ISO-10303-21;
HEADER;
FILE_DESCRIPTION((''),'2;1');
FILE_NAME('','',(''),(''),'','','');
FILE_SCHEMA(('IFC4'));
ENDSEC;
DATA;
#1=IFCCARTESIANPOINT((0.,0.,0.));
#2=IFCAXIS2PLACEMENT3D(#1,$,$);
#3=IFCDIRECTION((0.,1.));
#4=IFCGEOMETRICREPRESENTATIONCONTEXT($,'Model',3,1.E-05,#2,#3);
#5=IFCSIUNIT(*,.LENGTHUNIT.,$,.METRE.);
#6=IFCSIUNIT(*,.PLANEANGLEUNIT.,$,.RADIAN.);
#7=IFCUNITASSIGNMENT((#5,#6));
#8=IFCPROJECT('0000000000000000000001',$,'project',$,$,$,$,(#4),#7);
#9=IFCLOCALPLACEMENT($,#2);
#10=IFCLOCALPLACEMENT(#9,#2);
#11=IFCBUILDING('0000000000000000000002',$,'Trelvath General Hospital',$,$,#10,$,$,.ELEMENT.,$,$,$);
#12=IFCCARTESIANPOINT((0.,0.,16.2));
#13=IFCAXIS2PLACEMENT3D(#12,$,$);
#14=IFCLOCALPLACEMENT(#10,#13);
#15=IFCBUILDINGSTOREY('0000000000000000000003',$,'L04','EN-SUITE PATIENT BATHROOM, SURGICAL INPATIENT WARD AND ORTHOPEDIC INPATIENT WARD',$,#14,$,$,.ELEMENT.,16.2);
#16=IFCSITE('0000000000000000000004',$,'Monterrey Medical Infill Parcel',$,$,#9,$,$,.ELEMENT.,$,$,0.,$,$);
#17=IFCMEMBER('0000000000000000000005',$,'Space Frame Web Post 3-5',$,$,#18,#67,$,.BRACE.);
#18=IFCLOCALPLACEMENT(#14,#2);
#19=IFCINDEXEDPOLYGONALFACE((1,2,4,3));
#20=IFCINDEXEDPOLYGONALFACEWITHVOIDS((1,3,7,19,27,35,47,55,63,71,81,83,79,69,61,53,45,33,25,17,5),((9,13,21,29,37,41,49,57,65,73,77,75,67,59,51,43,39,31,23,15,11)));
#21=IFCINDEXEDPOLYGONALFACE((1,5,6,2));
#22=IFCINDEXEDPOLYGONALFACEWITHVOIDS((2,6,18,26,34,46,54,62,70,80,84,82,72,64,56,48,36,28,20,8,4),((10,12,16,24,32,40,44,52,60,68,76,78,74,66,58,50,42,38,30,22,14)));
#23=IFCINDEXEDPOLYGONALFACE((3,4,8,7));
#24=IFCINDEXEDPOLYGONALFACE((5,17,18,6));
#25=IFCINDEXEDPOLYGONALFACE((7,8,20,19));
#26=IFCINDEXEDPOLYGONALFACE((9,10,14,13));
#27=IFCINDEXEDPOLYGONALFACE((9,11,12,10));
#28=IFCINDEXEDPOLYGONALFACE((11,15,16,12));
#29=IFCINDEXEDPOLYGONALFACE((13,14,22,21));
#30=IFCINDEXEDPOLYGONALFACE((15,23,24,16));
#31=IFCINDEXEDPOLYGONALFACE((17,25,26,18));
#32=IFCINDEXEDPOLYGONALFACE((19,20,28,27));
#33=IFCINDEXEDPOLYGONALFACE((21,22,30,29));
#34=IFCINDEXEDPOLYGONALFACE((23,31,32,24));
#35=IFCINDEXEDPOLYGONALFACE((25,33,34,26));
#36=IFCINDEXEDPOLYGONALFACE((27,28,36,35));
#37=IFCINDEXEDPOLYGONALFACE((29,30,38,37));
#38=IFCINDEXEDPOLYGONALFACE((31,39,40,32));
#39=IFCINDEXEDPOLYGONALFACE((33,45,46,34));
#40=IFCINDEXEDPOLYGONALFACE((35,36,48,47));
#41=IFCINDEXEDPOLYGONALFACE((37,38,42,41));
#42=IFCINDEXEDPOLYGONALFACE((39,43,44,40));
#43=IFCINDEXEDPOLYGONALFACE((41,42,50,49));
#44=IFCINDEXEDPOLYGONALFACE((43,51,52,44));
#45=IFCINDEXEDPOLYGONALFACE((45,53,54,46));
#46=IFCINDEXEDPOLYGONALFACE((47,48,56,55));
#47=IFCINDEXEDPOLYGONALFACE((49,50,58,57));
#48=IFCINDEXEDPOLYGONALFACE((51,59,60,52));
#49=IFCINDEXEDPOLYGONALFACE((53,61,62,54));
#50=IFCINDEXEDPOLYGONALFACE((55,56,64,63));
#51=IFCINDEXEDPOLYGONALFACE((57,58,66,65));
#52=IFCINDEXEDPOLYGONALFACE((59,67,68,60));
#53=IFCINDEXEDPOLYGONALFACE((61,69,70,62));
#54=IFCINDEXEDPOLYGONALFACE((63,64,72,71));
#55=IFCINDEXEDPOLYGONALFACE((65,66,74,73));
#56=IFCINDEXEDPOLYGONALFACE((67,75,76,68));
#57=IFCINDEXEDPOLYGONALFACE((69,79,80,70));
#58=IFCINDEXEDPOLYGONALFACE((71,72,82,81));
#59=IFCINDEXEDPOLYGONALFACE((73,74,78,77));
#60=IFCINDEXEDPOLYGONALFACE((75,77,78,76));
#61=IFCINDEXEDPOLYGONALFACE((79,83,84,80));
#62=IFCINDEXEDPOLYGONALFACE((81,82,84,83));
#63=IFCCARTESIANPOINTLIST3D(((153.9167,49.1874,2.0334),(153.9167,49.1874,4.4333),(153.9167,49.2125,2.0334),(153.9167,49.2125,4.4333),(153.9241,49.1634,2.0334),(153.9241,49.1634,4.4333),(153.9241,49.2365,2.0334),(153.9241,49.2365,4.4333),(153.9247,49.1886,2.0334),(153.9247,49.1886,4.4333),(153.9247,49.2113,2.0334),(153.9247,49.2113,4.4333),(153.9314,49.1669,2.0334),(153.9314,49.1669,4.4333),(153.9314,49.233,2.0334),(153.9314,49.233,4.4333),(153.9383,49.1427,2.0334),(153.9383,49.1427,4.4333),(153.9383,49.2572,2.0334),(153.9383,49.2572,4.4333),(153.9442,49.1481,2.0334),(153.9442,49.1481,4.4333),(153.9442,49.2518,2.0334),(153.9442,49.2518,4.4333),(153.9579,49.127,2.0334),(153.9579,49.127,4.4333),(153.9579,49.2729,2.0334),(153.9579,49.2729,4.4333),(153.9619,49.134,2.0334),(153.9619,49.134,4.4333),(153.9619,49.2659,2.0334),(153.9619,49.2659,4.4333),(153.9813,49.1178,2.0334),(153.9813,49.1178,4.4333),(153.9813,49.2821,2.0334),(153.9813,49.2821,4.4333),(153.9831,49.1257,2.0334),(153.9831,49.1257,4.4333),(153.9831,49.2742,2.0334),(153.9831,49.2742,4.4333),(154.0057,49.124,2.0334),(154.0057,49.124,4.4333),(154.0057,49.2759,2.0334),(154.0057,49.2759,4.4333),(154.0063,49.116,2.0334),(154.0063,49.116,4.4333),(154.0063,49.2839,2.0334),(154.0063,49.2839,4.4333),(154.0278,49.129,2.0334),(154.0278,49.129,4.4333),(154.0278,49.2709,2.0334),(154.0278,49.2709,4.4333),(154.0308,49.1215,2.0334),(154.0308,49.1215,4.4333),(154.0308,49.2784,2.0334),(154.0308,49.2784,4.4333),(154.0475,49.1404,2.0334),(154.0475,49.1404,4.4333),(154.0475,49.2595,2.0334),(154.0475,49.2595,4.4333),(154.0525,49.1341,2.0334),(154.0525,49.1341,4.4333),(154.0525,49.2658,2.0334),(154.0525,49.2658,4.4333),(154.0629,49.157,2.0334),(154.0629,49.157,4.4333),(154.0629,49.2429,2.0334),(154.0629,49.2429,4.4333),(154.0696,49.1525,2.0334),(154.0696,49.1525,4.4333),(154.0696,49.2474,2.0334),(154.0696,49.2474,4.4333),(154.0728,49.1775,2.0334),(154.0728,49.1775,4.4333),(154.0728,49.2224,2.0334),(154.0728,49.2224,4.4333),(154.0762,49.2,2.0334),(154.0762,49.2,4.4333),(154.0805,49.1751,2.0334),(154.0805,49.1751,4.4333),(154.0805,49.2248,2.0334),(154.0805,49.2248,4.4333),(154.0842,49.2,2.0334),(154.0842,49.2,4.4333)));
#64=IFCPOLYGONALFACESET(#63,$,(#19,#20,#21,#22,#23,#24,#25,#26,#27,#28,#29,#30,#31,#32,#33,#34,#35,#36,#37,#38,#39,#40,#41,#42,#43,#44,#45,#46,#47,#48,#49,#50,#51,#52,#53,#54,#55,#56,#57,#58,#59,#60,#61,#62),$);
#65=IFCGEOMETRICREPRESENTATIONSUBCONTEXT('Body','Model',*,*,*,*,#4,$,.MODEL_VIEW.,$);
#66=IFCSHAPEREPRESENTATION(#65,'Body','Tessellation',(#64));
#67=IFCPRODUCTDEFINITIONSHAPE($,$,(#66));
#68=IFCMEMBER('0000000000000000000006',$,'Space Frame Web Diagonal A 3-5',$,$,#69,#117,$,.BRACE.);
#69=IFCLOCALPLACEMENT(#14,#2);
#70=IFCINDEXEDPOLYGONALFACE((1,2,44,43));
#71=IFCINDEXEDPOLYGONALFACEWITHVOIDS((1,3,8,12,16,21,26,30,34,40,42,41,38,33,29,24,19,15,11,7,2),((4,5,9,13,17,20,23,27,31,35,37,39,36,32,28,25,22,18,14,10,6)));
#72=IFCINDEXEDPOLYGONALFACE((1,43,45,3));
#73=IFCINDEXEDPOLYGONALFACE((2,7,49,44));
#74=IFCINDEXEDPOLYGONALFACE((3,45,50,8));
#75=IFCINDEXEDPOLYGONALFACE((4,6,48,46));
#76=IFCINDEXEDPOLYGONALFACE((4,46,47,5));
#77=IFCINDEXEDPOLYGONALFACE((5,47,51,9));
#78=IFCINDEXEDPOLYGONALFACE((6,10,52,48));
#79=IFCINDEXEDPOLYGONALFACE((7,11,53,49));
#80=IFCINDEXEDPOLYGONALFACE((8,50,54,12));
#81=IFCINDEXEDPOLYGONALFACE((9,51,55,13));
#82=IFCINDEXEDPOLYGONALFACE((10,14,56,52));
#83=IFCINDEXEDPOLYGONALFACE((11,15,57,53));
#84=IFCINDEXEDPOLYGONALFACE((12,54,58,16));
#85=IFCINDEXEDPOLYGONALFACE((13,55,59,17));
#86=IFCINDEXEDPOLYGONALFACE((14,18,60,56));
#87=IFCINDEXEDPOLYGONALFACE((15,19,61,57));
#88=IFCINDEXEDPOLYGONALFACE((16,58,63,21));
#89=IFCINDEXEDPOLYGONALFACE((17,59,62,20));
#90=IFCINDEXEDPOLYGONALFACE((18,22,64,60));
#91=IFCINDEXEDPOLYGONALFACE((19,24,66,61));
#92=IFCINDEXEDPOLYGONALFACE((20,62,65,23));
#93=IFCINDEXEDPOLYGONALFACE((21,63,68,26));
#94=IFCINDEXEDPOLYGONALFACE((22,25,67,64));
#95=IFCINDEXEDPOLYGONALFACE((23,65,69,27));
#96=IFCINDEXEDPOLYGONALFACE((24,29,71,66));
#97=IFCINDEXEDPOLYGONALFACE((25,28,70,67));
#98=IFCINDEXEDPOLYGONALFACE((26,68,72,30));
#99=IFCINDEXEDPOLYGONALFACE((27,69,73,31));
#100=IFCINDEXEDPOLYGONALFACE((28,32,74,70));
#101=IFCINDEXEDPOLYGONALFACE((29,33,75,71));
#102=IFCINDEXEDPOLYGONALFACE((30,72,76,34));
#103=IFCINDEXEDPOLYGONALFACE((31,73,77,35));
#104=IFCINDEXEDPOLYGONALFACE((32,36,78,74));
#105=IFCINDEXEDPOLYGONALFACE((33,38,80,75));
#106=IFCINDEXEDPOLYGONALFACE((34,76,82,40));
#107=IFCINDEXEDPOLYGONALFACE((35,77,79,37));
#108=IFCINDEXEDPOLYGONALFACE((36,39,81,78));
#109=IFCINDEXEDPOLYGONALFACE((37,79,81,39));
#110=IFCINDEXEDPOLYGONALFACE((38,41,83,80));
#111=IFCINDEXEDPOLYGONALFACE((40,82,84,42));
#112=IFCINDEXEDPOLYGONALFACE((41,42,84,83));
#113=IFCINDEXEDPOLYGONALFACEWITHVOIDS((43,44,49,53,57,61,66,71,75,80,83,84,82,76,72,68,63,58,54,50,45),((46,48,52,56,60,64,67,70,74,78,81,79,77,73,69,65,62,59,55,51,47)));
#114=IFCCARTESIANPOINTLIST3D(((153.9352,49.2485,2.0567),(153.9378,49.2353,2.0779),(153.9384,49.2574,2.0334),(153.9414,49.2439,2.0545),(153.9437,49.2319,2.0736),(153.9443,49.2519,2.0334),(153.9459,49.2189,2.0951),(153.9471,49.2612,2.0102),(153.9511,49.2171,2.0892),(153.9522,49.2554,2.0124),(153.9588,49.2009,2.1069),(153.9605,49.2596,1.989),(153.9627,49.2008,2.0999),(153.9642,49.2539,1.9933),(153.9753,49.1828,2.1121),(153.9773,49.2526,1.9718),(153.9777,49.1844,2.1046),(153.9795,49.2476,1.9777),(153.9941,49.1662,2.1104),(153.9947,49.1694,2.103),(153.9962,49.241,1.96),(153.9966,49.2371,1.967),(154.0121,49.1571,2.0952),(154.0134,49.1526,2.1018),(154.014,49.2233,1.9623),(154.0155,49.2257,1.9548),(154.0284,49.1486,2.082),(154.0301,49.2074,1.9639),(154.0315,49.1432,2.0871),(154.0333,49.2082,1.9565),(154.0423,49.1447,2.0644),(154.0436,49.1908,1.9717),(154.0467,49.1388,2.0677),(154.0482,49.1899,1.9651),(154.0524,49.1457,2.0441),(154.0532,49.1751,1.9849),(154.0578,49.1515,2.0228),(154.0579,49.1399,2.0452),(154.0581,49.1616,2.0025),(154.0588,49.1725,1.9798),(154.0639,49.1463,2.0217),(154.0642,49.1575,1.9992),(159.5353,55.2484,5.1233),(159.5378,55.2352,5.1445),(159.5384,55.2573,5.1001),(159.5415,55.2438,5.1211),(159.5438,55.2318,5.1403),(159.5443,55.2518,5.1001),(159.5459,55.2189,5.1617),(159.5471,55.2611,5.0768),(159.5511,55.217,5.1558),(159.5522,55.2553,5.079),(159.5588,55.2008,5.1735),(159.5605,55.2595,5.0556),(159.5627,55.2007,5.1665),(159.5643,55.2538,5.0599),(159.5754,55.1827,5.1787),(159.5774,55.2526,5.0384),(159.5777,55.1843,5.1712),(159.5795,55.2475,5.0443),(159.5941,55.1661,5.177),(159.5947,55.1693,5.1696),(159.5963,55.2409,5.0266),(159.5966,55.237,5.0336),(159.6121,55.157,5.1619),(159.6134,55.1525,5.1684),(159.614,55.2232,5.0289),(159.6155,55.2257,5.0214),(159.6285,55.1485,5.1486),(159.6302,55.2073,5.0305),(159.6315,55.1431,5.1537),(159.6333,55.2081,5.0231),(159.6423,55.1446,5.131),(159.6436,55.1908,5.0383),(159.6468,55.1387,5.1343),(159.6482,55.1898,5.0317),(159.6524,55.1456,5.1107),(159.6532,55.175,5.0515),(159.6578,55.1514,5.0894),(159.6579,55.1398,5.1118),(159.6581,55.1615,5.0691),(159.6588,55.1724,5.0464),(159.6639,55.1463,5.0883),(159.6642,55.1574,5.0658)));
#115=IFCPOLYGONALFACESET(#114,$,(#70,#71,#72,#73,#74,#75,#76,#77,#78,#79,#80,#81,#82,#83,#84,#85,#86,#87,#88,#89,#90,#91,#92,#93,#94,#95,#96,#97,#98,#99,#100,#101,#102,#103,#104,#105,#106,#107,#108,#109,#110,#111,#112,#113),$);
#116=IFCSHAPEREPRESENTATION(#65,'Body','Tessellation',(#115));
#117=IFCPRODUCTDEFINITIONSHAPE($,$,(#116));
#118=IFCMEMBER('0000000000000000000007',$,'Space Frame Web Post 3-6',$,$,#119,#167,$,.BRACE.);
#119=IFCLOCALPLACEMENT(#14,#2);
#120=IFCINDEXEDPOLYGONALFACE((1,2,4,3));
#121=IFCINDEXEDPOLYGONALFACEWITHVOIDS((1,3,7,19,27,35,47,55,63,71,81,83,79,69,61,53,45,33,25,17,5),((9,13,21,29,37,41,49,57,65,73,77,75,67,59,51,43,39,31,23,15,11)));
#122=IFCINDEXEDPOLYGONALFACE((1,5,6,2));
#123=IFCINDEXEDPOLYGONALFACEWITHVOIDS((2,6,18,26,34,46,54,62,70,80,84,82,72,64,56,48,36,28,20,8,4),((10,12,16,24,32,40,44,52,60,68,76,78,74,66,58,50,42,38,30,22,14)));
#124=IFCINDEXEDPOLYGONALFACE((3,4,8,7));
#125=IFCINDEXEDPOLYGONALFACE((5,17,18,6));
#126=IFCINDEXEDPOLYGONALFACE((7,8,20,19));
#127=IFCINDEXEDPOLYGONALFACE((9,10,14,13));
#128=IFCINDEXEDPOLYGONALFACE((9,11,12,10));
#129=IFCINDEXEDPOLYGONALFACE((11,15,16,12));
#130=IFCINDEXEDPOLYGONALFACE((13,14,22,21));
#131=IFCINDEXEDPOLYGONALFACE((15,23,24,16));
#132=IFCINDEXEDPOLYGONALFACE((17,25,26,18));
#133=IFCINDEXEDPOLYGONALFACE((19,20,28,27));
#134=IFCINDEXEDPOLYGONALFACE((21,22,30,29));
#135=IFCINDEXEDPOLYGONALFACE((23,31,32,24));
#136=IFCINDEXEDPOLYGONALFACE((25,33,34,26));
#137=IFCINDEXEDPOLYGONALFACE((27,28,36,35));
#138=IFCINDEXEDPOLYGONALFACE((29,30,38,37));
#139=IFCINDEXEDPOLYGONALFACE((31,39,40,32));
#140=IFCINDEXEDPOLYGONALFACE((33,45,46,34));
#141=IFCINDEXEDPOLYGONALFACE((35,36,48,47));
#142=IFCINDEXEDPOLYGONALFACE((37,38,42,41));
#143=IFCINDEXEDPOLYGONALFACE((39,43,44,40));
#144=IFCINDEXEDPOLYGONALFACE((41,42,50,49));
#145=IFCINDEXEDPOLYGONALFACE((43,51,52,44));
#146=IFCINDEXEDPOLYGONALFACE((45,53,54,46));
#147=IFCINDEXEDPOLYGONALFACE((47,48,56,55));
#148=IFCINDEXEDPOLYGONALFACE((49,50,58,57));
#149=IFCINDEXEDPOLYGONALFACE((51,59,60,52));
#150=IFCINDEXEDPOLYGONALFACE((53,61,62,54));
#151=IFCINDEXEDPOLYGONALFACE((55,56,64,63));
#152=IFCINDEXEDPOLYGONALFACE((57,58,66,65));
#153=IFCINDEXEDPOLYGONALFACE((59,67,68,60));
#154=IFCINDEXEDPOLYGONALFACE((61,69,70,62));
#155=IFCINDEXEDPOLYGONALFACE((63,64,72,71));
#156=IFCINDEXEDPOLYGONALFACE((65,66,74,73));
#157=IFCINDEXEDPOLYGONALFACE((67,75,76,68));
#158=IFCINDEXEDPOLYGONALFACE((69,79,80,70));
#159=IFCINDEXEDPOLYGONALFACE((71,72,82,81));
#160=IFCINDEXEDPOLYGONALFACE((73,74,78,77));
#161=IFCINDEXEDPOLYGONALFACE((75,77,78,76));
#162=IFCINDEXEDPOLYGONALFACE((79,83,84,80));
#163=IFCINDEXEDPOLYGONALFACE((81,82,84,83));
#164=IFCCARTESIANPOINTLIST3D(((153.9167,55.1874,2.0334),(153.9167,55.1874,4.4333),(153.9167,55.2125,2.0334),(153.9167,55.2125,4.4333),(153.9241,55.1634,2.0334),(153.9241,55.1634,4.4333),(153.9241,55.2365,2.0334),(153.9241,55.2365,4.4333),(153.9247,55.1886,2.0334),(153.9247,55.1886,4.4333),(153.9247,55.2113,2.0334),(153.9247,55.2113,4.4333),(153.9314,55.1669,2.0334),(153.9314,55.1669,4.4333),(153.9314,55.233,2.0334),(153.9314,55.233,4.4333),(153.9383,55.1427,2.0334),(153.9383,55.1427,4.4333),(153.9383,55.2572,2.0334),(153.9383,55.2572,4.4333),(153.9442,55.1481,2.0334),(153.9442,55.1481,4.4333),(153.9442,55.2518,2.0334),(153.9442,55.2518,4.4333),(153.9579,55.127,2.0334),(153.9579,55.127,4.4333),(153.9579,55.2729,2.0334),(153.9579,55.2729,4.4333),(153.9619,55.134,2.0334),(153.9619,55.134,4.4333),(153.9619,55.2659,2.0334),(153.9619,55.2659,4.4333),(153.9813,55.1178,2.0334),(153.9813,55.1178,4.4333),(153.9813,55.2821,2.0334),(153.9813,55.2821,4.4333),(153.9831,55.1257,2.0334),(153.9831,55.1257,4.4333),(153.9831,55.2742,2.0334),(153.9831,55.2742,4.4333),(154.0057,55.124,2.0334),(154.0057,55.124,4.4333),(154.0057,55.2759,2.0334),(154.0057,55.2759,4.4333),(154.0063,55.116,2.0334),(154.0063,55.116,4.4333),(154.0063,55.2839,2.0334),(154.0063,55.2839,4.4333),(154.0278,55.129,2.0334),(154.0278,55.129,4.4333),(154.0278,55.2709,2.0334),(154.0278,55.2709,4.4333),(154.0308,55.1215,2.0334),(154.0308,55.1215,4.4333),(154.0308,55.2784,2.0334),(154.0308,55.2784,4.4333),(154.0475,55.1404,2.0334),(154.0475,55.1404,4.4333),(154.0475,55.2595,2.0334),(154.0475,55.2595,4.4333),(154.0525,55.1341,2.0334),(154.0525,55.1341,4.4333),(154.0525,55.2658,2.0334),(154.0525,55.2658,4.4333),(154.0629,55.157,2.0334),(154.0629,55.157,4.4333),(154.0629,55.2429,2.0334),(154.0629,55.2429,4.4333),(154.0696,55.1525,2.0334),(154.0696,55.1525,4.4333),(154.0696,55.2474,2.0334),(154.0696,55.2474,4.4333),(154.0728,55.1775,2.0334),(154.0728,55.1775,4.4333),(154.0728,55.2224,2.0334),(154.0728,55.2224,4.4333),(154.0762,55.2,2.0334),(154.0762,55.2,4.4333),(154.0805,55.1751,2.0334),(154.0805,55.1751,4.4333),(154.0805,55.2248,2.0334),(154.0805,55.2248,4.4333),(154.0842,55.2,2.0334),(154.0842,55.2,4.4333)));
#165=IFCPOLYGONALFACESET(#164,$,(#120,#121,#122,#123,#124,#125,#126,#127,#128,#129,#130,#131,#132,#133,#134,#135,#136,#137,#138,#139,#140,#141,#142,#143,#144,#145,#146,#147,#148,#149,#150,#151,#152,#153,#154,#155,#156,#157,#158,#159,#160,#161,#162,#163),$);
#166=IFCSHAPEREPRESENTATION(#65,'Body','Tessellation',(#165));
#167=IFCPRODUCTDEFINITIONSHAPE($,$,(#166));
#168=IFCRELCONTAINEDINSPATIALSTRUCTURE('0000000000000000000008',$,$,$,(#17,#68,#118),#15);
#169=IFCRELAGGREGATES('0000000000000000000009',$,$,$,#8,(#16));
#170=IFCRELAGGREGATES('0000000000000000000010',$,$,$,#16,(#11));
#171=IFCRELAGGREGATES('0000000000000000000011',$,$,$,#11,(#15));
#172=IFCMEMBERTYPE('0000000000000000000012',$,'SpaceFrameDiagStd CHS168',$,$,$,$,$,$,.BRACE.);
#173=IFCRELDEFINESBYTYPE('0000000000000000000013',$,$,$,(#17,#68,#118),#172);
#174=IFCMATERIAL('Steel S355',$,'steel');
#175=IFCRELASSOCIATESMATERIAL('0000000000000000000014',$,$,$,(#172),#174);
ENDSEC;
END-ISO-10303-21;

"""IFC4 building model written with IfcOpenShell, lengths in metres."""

from ifc_helpers import new_model, si_unit, direction, frame, origin, origin_2d, place, context, subcontext, project, spatial, hollow_circle, extrude, material, material_profile, profile_set, type_object, element, save


model = new_model("IFC4")

# Units and contexts
model_context = context("Model", 3, precision=1e-05, world=origin(), true_north=direction((0.0, 1.0)))
body_context = subcontext(model_context, "Body", "Model", "MODEL_VIEW")
ifc_project = project(units=[si_unit("LENGTHUNIT", "METRE"), si_unit("PLANEANGLEUNIT", "RADIAN")], contexts=[model_context])

# Site, building, storey
site_placement = place(None, origin())
site = spatial("IfcSite", under=ifc_project, at=site_placement, Name="Monterrey Medical Infill Parcel", CompositionType="ELEMENT", RefElevation=0.0)
building_placement = place(site_placement, origin())
building = spatial("IfcBuilding", under=site, at=building_placement, Name="Trelvath General Hospital", CompositionType="ELEMENT")
storey_placement = place(building_placement, frame((0.0, 0.0, 16.2)))
storey = spatial("IfcBuildingStorey", under=building, at=storey_placement, Name="L04", Description="EN-SUITE PATIENT BATHROOM, SURGICAL INPATIENT WARD AND ORTHOPEDIC INPATIENT WARD", CompositionType="ELEMENT", Elevation=16.2)

# Members
ifc_material_1 = material(Name="Steel S355", Category="steel")
ifc_material_profile_1 = material_profile(ifc_material_1, hollow_circle(Radius=0.0842, WallThickness=0.0081, at=origin_2d()), Name="CHS168.3x8.0")
ifc_profile_set_1 = profile_set([ifc_material_profile_1], Name="Steel S355")
member_type_1 = type_object("IfcMemberType", Name="SpaceFrameDiagStd CHS168", PredefinedType="BRACE", material=ifc_profile_set_1)
member_1_placement = place(storey_placement, frame((154.0, 49.2, 2.0334), z_axis=(0.0, 0.0, 1.0), x_axis=(1.0, 0.0, 0.0)))
element("IfcMember", 1, at=member_1_placement, inside=storey, type_object=member_type_1, Name="Space Frame Web Post 3-5", PredefinedType="BRACE", context=body_context, shape_type="SweptSolid", body=[
    extrude(hollow_circle(Radius=0.0842, WallThickness=0.0081, at=origin_2d()), origin(), (0.0, 0.0, 1.0), 2.3999),
])
member_2_placement = place(storey_placement, frame((154.0, 49.2, 2.0334), z_axis=(0.639165, 0.684807, 0.350011), x_axis=(-0.731049, 0.682325, 0.0)))
element("IfcMember", 2, at=member_2_placement, inside=storey, type_object=member_type_1, Name="Space Frame Web Diagonal A 3-5", PredefinedType="BRACE", context=body_context, shape_type="SweptSolid", body=[
    extrude(hollow_circle(Radius=0.0842, WallThickness=0.0081, at=origin_2d()), origin(), (0.0, 0.0, 1.0), 8.7615),
])
member_3_placement = place(storey_placement, frame((154.0, 55.2, 2.0334), z_axis=(0.0, 0.0, 1.0), x_axis=(1.0, 0.0, 0.0)))
element("IfcMember", 3, at=member_3_placement, inside=storey, type_object=member_type_1, Name="Space Frame Web Post 3-6", PredefinedType="BRACE", context=body_context, shape_type="SweptSolid", body=[
    extrude(hollow_circle(Radius=0.0842, WallThickness=0.0081, at=origin_2d()), origin(), (0.0, 0.0, 1.0), 2.3999),
])

save(model, "model.ifc")
